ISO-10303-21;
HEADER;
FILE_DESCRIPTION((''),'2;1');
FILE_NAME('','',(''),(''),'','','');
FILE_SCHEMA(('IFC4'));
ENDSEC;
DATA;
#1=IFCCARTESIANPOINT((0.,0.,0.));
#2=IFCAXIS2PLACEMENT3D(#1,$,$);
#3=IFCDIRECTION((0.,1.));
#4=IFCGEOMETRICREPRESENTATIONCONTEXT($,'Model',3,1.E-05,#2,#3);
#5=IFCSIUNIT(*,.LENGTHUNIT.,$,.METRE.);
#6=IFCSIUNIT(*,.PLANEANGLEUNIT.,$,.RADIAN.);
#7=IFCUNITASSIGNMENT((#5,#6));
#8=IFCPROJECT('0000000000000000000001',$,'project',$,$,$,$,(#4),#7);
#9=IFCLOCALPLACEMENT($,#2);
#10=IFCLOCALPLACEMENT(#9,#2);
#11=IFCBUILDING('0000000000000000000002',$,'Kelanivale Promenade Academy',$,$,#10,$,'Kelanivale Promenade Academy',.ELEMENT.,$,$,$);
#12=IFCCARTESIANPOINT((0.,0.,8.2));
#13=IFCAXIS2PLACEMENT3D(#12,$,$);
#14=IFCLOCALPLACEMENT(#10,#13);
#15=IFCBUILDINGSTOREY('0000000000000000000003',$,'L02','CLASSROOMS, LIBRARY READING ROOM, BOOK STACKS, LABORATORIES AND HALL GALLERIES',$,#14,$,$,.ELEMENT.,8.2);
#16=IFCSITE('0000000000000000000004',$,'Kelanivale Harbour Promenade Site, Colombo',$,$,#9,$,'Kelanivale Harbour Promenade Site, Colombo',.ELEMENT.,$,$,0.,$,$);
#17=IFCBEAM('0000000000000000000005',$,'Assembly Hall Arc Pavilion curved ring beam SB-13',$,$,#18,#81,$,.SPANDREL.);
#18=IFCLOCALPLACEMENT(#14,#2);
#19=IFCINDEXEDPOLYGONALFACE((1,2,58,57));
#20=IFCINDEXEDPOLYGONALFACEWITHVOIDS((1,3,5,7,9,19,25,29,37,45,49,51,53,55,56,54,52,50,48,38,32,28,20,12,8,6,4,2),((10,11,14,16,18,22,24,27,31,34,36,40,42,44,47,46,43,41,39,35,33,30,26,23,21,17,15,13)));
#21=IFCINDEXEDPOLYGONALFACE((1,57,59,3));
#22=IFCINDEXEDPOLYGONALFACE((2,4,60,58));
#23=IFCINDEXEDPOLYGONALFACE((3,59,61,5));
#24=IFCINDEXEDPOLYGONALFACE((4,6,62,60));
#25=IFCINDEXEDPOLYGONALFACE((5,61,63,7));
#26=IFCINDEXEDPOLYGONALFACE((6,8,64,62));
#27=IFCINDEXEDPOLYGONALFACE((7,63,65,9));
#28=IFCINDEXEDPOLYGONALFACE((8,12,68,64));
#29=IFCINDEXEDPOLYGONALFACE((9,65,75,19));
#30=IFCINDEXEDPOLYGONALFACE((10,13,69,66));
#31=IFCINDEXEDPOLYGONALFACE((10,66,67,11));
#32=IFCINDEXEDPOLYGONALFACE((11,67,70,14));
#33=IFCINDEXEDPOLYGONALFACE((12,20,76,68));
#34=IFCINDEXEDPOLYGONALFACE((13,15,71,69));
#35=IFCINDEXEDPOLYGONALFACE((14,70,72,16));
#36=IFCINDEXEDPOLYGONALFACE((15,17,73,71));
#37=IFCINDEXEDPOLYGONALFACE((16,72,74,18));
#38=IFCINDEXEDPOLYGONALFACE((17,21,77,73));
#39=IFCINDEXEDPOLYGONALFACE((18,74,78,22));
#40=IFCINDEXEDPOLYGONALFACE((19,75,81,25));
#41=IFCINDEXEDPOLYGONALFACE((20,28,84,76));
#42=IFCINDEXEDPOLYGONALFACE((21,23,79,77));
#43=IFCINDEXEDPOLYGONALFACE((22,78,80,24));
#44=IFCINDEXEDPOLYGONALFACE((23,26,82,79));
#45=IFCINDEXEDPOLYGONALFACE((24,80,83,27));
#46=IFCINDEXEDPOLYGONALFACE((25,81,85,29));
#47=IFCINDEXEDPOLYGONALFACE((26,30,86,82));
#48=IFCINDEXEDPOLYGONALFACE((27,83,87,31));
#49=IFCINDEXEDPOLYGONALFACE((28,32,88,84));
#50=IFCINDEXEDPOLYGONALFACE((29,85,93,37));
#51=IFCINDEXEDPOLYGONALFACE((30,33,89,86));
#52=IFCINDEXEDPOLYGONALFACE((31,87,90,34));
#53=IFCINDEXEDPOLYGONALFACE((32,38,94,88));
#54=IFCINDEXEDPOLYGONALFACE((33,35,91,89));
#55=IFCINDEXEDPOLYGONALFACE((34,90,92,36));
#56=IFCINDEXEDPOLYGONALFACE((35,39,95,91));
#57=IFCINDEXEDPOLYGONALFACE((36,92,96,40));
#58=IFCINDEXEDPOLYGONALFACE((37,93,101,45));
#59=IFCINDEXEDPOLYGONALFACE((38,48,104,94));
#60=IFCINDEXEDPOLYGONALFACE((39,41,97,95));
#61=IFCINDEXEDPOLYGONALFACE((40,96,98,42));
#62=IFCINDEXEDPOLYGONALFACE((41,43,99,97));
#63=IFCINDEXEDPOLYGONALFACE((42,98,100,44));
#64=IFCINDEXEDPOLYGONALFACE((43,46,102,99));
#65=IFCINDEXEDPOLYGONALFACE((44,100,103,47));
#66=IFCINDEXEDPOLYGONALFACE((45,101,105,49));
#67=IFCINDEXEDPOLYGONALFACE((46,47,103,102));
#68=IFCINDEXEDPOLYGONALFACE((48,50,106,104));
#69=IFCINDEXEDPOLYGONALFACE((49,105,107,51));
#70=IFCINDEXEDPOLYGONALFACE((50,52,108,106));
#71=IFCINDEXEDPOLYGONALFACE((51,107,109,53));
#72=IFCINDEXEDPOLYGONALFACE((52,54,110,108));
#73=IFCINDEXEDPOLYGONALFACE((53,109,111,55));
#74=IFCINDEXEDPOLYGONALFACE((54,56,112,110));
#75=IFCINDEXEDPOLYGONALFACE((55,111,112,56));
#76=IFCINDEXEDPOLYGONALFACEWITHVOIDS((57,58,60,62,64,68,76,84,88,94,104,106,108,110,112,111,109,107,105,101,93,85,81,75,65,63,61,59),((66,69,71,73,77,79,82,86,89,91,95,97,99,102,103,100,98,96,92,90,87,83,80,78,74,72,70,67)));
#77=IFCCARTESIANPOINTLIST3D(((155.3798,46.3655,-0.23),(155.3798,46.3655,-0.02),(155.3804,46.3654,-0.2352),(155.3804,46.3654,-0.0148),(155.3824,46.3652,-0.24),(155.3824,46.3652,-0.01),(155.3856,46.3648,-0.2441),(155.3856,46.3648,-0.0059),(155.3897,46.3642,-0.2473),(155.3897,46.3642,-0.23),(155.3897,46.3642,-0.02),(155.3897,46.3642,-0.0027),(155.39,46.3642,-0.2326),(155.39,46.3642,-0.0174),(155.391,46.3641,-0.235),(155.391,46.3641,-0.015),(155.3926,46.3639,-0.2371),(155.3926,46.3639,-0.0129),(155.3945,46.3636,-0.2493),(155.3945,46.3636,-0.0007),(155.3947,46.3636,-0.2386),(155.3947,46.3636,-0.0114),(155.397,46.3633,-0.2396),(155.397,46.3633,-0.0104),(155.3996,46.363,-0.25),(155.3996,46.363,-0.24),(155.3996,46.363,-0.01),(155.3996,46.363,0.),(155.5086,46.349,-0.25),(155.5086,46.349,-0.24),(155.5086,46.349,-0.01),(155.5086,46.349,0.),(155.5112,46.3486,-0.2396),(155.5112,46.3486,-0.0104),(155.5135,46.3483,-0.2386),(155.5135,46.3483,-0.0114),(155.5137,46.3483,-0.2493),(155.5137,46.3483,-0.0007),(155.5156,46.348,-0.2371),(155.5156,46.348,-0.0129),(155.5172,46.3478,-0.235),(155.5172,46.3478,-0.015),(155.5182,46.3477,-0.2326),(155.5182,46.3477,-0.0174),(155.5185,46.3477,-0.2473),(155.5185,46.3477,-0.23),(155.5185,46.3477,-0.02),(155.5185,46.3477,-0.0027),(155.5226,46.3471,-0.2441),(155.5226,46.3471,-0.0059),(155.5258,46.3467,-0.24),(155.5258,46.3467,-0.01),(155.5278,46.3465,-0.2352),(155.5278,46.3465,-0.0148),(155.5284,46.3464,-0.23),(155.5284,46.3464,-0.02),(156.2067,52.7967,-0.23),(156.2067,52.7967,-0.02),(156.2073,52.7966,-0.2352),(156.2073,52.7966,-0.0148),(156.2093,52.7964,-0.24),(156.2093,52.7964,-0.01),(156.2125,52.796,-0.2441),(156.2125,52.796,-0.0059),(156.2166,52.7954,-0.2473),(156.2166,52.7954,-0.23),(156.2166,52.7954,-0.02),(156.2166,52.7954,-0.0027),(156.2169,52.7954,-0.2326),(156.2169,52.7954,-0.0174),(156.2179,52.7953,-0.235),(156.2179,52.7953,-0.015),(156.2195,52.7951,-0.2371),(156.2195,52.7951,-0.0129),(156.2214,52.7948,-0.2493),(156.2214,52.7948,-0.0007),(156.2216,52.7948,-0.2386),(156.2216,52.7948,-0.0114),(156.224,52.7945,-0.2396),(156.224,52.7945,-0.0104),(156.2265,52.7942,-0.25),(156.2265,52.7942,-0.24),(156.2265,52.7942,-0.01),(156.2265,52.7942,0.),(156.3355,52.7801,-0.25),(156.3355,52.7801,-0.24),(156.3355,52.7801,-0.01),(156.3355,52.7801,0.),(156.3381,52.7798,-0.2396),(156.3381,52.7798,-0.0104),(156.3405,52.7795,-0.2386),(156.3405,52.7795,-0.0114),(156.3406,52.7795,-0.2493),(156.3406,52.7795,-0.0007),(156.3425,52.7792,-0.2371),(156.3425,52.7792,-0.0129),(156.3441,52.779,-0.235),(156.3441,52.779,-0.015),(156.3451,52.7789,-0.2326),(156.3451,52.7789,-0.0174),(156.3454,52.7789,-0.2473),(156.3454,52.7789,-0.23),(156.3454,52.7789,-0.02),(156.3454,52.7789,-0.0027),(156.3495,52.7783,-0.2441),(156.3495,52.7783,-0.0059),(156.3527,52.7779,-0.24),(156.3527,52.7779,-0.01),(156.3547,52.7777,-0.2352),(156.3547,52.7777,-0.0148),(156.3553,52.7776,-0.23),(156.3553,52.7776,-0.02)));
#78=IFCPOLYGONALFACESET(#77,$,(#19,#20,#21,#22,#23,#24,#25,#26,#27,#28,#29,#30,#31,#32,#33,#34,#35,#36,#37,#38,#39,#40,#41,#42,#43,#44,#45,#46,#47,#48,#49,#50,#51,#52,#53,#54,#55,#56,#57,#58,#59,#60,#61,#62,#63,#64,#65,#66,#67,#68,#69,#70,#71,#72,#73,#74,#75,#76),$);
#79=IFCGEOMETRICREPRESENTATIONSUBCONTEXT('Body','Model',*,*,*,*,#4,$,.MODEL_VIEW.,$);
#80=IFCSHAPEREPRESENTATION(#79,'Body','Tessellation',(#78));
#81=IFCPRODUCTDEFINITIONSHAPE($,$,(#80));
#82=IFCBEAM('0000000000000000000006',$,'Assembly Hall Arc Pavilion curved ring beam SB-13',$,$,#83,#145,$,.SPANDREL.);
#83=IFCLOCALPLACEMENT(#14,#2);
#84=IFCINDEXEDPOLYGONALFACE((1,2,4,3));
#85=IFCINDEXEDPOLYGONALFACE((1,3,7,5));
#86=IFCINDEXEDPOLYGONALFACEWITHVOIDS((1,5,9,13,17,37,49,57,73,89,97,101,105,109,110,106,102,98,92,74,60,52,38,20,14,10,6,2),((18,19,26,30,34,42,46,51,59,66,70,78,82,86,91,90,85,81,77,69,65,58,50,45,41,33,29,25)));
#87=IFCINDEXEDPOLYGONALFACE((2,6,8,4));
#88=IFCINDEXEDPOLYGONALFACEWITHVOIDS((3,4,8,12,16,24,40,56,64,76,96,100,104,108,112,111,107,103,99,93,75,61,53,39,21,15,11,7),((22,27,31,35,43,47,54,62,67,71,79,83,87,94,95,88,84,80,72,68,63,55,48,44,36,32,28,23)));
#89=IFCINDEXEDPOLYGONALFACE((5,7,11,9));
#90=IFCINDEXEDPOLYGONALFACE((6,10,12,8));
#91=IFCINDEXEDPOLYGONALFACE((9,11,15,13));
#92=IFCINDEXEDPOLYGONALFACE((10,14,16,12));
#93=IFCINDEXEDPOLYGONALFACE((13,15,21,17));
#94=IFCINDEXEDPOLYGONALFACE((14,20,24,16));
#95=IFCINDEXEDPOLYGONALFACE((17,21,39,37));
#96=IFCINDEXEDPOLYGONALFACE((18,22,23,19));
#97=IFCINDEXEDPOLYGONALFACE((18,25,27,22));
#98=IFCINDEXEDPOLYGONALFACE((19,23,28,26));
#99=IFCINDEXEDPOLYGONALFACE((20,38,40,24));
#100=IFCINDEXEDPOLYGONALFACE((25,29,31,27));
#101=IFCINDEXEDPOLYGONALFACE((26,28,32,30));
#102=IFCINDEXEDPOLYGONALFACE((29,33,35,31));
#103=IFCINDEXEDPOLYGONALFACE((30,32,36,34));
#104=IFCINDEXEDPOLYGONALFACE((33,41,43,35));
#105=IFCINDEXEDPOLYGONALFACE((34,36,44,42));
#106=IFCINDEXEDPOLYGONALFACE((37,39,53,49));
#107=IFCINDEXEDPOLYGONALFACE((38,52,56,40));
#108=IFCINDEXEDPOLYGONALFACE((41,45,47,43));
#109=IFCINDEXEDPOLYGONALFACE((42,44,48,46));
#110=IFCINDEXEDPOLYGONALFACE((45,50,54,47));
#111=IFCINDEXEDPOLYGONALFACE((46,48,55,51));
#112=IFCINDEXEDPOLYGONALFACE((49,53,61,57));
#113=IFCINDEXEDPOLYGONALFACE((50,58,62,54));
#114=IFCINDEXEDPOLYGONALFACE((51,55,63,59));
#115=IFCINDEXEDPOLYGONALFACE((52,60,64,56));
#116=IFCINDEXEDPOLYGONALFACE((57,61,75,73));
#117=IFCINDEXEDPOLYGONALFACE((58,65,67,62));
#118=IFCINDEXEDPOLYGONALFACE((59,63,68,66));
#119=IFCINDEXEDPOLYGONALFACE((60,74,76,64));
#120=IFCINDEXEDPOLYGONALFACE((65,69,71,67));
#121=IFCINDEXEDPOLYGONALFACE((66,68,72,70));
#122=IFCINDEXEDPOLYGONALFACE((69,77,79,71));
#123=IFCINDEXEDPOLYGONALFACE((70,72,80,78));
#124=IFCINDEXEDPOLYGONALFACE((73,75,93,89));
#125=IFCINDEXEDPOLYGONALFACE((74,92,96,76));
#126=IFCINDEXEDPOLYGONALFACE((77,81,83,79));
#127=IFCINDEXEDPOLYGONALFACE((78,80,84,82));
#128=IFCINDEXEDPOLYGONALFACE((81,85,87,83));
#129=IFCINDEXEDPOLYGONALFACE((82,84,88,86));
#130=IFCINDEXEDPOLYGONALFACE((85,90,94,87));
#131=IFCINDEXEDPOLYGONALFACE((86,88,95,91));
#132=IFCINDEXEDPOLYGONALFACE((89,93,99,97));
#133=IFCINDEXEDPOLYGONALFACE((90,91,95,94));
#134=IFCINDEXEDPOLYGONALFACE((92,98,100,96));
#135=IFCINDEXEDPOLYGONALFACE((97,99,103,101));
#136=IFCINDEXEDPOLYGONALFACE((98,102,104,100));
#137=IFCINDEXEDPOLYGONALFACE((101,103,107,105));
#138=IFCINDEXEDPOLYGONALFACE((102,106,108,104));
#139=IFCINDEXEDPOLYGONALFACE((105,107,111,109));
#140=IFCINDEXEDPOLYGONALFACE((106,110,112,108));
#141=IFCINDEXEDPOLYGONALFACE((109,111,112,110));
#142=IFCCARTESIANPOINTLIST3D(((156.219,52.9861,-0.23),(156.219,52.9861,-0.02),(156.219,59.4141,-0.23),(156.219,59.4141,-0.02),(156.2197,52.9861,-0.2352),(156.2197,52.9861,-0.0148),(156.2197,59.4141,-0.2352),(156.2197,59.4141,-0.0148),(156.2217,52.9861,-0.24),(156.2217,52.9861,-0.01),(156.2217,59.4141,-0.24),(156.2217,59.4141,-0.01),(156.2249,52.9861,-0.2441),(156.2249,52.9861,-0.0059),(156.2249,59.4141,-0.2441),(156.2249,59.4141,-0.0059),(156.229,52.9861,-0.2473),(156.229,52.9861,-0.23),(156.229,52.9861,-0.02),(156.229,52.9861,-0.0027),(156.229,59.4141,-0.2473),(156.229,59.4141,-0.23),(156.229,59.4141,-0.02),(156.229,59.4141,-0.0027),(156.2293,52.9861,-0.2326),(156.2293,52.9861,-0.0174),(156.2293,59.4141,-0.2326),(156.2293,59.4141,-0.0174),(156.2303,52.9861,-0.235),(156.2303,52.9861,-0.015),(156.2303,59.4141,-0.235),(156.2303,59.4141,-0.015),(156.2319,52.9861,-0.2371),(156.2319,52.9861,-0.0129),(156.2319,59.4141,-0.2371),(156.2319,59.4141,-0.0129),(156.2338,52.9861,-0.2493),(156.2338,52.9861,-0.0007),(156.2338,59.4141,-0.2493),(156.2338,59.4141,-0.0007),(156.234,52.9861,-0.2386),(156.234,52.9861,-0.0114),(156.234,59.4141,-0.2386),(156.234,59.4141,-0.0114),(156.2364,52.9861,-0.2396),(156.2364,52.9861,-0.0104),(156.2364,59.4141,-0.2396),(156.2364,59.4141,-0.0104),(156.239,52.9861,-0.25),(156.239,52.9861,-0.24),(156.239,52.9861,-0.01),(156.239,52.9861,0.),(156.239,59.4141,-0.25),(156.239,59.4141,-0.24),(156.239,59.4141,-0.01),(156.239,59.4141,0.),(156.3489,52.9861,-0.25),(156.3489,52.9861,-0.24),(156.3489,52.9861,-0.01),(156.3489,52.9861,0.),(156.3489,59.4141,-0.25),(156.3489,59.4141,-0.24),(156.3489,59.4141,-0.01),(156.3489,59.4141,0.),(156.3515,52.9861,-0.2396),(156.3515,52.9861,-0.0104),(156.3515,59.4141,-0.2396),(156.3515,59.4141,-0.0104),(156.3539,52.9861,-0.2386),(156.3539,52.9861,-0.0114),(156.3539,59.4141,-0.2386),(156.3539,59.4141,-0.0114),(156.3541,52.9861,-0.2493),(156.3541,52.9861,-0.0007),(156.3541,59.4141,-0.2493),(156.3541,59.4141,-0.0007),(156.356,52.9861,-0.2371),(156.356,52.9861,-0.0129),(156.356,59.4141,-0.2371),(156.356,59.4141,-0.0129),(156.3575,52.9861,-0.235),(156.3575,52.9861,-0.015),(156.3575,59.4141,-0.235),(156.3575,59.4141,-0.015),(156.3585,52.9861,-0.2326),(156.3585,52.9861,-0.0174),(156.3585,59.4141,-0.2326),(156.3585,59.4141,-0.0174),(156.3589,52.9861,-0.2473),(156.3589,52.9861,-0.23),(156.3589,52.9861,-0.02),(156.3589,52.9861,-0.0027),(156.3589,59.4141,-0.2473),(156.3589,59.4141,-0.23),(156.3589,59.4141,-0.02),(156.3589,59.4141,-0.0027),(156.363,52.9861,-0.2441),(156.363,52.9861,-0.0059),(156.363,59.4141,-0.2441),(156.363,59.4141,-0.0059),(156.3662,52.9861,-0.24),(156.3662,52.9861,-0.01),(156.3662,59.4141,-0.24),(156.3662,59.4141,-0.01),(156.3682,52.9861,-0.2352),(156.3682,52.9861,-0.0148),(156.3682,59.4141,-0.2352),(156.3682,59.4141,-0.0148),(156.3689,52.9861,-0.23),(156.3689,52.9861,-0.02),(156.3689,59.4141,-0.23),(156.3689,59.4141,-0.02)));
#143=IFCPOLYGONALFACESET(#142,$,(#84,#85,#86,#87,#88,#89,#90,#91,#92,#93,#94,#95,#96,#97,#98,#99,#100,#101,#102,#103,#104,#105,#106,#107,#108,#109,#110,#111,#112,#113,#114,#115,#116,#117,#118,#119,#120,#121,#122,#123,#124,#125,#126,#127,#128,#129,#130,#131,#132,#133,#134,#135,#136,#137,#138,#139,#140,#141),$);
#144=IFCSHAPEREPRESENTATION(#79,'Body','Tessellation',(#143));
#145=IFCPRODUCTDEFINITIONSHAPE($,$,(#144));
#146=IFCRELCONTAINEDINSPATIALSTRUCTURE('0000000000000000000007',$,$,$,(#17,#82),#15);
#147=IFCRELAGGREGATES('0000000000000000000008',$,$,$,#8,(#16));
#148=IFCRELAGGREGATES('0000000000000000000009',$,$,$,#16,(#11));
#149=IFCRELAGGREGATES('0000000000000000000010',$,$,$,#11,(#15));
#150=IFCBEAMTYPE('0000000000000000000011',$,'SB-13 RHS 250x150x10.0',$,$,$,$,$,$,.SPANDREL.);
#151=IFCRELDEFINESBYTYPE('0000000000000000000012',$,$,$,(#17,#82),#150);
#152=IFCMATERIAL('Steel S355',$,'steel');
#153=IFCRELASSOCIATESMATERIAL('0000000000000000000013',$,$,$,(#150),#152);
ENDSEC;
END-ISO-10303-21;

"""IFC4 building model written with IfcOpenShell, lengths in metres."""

from ifc_helpers import new_model, si_unit, direction, frame, origin, origin_2d, place, context, subcontext, project, spatial, hollow_rectangle, extrude, material, material_profile, profile_set, type_object, element, save


model = new_model("IFC4")

# Units and contexts
model_context = context("Model", 3, precision=1e-05, world=origin(), true_north=direction((0.0, 1.0)))
body_context = subcontext(model_context, "Body", "Model", "MODEL_VIEW")
ifc_project = project(units=[si_unit("LENGTHUNIT", "METRE"), si_unit("PLANEANGLEUNIT", "RADIAN")], contexts=[model_context])

# Site, building, storey
site_placement = place(None, origin())
site = spatial("IfcSite", under=ifc_project, at=site_placement, Name="Kelanivale Harbour Promenade Site, Colombo", LongName="Kelanivale Harbour Promenade Site, Colombo", CompositionType="ELEMENT", RefElevation=0.0)
building_placement = place(site_placement, origin())
building = spatial("IfcBuilding", under=site, at=building_placement, Name="Kelanivale Promenade Academy", LongName="Kelanivale Promenade Academy", CompositionType="ELEMENT")
storey_placement = place(building_placement, frame((0.0, 0.0, 8.2)))
storey = spatial("IfcBuildingStorey", under=building, at=storey_placement, Name="L02", Description="CLASSROOMS, LIBRARY READING ROOM, BOOK STACKS, LABORATORIES AND HALL GALLERIES", CompositionType="ELEMENT", Elevation=8.2)

# Shared definitions
ifc_material_1 = material(Name="Steel S355", Category="steel")

# Beams
ifc_material_profile_1 = material_profile(ifc_material_1, hollow_rectangle(XDim=0.1499, YDim=0.25, WallThickness=0.01, InnerFilletRadius=0.01, OuterFilletRadius=0.02, at=origin_2d()), Name="RHS 250x150x10.0")
ifc_profile_set_1 = profile_set([ifc_material_profile_1], Name="Steel S355")
beam_type = type_object("IfcBeamType", Name="SB-13 RHS 250x150x10.0", PredefinedType="SPANDREL", material=ifc_profile_set_1)
beam_1_placement = place(storey_placement, frame((155.4541, 46.356, -0.125), z_axis=(0.127528, 0.991835, 0.0), x_axis=(-0.991835, 0.127528, 0.0)))
element("IfcBeam", 1, at=beam_1_placement, inside=storey, type_object=beam_type, Name="Assembly Hall Arc Pavilion curved ring beam SB-13", PredefinedType="SPANDREL", context=body_context, shape_type="SweptSolid", body=[
    extrude(hollow_rectangle(XDim=0.1499, YDim=0.25, WallThickness=0.01, InnerFilletRadius=0.01, OuterFilletRadius=0.02, at=origin_2d()), origin(), (0.0, 0.0, 1.0), 6.4841),
])
beam_2_placement = place(storey_placement, frame((156.2939, 52.9861, -0.125), z_axis=(0.0, 1.0, 0.0), x_axis=(-1.0, 0.0, 0.0)))
element("IfcBeam", 2, at=beam_2_placement, inside=storey, type_object=beam_type, Name="Assembly Hall Arc Pavilion curved ring beam SB-13", PredefinedType="SPANDREL", context=body_context, shape_type="SweptSolid", body=[
    extrude(hollow_rectangle(XDim=0.1499, YDim=0.25, WallThickness=0.01, InnerFilletRadius=0.01, OuterFilletRadius=0.02, at=origin_2d()), origin(), (0.0, 0.0, 1.0), 6.428),
])

save(model, "model.ifc")
